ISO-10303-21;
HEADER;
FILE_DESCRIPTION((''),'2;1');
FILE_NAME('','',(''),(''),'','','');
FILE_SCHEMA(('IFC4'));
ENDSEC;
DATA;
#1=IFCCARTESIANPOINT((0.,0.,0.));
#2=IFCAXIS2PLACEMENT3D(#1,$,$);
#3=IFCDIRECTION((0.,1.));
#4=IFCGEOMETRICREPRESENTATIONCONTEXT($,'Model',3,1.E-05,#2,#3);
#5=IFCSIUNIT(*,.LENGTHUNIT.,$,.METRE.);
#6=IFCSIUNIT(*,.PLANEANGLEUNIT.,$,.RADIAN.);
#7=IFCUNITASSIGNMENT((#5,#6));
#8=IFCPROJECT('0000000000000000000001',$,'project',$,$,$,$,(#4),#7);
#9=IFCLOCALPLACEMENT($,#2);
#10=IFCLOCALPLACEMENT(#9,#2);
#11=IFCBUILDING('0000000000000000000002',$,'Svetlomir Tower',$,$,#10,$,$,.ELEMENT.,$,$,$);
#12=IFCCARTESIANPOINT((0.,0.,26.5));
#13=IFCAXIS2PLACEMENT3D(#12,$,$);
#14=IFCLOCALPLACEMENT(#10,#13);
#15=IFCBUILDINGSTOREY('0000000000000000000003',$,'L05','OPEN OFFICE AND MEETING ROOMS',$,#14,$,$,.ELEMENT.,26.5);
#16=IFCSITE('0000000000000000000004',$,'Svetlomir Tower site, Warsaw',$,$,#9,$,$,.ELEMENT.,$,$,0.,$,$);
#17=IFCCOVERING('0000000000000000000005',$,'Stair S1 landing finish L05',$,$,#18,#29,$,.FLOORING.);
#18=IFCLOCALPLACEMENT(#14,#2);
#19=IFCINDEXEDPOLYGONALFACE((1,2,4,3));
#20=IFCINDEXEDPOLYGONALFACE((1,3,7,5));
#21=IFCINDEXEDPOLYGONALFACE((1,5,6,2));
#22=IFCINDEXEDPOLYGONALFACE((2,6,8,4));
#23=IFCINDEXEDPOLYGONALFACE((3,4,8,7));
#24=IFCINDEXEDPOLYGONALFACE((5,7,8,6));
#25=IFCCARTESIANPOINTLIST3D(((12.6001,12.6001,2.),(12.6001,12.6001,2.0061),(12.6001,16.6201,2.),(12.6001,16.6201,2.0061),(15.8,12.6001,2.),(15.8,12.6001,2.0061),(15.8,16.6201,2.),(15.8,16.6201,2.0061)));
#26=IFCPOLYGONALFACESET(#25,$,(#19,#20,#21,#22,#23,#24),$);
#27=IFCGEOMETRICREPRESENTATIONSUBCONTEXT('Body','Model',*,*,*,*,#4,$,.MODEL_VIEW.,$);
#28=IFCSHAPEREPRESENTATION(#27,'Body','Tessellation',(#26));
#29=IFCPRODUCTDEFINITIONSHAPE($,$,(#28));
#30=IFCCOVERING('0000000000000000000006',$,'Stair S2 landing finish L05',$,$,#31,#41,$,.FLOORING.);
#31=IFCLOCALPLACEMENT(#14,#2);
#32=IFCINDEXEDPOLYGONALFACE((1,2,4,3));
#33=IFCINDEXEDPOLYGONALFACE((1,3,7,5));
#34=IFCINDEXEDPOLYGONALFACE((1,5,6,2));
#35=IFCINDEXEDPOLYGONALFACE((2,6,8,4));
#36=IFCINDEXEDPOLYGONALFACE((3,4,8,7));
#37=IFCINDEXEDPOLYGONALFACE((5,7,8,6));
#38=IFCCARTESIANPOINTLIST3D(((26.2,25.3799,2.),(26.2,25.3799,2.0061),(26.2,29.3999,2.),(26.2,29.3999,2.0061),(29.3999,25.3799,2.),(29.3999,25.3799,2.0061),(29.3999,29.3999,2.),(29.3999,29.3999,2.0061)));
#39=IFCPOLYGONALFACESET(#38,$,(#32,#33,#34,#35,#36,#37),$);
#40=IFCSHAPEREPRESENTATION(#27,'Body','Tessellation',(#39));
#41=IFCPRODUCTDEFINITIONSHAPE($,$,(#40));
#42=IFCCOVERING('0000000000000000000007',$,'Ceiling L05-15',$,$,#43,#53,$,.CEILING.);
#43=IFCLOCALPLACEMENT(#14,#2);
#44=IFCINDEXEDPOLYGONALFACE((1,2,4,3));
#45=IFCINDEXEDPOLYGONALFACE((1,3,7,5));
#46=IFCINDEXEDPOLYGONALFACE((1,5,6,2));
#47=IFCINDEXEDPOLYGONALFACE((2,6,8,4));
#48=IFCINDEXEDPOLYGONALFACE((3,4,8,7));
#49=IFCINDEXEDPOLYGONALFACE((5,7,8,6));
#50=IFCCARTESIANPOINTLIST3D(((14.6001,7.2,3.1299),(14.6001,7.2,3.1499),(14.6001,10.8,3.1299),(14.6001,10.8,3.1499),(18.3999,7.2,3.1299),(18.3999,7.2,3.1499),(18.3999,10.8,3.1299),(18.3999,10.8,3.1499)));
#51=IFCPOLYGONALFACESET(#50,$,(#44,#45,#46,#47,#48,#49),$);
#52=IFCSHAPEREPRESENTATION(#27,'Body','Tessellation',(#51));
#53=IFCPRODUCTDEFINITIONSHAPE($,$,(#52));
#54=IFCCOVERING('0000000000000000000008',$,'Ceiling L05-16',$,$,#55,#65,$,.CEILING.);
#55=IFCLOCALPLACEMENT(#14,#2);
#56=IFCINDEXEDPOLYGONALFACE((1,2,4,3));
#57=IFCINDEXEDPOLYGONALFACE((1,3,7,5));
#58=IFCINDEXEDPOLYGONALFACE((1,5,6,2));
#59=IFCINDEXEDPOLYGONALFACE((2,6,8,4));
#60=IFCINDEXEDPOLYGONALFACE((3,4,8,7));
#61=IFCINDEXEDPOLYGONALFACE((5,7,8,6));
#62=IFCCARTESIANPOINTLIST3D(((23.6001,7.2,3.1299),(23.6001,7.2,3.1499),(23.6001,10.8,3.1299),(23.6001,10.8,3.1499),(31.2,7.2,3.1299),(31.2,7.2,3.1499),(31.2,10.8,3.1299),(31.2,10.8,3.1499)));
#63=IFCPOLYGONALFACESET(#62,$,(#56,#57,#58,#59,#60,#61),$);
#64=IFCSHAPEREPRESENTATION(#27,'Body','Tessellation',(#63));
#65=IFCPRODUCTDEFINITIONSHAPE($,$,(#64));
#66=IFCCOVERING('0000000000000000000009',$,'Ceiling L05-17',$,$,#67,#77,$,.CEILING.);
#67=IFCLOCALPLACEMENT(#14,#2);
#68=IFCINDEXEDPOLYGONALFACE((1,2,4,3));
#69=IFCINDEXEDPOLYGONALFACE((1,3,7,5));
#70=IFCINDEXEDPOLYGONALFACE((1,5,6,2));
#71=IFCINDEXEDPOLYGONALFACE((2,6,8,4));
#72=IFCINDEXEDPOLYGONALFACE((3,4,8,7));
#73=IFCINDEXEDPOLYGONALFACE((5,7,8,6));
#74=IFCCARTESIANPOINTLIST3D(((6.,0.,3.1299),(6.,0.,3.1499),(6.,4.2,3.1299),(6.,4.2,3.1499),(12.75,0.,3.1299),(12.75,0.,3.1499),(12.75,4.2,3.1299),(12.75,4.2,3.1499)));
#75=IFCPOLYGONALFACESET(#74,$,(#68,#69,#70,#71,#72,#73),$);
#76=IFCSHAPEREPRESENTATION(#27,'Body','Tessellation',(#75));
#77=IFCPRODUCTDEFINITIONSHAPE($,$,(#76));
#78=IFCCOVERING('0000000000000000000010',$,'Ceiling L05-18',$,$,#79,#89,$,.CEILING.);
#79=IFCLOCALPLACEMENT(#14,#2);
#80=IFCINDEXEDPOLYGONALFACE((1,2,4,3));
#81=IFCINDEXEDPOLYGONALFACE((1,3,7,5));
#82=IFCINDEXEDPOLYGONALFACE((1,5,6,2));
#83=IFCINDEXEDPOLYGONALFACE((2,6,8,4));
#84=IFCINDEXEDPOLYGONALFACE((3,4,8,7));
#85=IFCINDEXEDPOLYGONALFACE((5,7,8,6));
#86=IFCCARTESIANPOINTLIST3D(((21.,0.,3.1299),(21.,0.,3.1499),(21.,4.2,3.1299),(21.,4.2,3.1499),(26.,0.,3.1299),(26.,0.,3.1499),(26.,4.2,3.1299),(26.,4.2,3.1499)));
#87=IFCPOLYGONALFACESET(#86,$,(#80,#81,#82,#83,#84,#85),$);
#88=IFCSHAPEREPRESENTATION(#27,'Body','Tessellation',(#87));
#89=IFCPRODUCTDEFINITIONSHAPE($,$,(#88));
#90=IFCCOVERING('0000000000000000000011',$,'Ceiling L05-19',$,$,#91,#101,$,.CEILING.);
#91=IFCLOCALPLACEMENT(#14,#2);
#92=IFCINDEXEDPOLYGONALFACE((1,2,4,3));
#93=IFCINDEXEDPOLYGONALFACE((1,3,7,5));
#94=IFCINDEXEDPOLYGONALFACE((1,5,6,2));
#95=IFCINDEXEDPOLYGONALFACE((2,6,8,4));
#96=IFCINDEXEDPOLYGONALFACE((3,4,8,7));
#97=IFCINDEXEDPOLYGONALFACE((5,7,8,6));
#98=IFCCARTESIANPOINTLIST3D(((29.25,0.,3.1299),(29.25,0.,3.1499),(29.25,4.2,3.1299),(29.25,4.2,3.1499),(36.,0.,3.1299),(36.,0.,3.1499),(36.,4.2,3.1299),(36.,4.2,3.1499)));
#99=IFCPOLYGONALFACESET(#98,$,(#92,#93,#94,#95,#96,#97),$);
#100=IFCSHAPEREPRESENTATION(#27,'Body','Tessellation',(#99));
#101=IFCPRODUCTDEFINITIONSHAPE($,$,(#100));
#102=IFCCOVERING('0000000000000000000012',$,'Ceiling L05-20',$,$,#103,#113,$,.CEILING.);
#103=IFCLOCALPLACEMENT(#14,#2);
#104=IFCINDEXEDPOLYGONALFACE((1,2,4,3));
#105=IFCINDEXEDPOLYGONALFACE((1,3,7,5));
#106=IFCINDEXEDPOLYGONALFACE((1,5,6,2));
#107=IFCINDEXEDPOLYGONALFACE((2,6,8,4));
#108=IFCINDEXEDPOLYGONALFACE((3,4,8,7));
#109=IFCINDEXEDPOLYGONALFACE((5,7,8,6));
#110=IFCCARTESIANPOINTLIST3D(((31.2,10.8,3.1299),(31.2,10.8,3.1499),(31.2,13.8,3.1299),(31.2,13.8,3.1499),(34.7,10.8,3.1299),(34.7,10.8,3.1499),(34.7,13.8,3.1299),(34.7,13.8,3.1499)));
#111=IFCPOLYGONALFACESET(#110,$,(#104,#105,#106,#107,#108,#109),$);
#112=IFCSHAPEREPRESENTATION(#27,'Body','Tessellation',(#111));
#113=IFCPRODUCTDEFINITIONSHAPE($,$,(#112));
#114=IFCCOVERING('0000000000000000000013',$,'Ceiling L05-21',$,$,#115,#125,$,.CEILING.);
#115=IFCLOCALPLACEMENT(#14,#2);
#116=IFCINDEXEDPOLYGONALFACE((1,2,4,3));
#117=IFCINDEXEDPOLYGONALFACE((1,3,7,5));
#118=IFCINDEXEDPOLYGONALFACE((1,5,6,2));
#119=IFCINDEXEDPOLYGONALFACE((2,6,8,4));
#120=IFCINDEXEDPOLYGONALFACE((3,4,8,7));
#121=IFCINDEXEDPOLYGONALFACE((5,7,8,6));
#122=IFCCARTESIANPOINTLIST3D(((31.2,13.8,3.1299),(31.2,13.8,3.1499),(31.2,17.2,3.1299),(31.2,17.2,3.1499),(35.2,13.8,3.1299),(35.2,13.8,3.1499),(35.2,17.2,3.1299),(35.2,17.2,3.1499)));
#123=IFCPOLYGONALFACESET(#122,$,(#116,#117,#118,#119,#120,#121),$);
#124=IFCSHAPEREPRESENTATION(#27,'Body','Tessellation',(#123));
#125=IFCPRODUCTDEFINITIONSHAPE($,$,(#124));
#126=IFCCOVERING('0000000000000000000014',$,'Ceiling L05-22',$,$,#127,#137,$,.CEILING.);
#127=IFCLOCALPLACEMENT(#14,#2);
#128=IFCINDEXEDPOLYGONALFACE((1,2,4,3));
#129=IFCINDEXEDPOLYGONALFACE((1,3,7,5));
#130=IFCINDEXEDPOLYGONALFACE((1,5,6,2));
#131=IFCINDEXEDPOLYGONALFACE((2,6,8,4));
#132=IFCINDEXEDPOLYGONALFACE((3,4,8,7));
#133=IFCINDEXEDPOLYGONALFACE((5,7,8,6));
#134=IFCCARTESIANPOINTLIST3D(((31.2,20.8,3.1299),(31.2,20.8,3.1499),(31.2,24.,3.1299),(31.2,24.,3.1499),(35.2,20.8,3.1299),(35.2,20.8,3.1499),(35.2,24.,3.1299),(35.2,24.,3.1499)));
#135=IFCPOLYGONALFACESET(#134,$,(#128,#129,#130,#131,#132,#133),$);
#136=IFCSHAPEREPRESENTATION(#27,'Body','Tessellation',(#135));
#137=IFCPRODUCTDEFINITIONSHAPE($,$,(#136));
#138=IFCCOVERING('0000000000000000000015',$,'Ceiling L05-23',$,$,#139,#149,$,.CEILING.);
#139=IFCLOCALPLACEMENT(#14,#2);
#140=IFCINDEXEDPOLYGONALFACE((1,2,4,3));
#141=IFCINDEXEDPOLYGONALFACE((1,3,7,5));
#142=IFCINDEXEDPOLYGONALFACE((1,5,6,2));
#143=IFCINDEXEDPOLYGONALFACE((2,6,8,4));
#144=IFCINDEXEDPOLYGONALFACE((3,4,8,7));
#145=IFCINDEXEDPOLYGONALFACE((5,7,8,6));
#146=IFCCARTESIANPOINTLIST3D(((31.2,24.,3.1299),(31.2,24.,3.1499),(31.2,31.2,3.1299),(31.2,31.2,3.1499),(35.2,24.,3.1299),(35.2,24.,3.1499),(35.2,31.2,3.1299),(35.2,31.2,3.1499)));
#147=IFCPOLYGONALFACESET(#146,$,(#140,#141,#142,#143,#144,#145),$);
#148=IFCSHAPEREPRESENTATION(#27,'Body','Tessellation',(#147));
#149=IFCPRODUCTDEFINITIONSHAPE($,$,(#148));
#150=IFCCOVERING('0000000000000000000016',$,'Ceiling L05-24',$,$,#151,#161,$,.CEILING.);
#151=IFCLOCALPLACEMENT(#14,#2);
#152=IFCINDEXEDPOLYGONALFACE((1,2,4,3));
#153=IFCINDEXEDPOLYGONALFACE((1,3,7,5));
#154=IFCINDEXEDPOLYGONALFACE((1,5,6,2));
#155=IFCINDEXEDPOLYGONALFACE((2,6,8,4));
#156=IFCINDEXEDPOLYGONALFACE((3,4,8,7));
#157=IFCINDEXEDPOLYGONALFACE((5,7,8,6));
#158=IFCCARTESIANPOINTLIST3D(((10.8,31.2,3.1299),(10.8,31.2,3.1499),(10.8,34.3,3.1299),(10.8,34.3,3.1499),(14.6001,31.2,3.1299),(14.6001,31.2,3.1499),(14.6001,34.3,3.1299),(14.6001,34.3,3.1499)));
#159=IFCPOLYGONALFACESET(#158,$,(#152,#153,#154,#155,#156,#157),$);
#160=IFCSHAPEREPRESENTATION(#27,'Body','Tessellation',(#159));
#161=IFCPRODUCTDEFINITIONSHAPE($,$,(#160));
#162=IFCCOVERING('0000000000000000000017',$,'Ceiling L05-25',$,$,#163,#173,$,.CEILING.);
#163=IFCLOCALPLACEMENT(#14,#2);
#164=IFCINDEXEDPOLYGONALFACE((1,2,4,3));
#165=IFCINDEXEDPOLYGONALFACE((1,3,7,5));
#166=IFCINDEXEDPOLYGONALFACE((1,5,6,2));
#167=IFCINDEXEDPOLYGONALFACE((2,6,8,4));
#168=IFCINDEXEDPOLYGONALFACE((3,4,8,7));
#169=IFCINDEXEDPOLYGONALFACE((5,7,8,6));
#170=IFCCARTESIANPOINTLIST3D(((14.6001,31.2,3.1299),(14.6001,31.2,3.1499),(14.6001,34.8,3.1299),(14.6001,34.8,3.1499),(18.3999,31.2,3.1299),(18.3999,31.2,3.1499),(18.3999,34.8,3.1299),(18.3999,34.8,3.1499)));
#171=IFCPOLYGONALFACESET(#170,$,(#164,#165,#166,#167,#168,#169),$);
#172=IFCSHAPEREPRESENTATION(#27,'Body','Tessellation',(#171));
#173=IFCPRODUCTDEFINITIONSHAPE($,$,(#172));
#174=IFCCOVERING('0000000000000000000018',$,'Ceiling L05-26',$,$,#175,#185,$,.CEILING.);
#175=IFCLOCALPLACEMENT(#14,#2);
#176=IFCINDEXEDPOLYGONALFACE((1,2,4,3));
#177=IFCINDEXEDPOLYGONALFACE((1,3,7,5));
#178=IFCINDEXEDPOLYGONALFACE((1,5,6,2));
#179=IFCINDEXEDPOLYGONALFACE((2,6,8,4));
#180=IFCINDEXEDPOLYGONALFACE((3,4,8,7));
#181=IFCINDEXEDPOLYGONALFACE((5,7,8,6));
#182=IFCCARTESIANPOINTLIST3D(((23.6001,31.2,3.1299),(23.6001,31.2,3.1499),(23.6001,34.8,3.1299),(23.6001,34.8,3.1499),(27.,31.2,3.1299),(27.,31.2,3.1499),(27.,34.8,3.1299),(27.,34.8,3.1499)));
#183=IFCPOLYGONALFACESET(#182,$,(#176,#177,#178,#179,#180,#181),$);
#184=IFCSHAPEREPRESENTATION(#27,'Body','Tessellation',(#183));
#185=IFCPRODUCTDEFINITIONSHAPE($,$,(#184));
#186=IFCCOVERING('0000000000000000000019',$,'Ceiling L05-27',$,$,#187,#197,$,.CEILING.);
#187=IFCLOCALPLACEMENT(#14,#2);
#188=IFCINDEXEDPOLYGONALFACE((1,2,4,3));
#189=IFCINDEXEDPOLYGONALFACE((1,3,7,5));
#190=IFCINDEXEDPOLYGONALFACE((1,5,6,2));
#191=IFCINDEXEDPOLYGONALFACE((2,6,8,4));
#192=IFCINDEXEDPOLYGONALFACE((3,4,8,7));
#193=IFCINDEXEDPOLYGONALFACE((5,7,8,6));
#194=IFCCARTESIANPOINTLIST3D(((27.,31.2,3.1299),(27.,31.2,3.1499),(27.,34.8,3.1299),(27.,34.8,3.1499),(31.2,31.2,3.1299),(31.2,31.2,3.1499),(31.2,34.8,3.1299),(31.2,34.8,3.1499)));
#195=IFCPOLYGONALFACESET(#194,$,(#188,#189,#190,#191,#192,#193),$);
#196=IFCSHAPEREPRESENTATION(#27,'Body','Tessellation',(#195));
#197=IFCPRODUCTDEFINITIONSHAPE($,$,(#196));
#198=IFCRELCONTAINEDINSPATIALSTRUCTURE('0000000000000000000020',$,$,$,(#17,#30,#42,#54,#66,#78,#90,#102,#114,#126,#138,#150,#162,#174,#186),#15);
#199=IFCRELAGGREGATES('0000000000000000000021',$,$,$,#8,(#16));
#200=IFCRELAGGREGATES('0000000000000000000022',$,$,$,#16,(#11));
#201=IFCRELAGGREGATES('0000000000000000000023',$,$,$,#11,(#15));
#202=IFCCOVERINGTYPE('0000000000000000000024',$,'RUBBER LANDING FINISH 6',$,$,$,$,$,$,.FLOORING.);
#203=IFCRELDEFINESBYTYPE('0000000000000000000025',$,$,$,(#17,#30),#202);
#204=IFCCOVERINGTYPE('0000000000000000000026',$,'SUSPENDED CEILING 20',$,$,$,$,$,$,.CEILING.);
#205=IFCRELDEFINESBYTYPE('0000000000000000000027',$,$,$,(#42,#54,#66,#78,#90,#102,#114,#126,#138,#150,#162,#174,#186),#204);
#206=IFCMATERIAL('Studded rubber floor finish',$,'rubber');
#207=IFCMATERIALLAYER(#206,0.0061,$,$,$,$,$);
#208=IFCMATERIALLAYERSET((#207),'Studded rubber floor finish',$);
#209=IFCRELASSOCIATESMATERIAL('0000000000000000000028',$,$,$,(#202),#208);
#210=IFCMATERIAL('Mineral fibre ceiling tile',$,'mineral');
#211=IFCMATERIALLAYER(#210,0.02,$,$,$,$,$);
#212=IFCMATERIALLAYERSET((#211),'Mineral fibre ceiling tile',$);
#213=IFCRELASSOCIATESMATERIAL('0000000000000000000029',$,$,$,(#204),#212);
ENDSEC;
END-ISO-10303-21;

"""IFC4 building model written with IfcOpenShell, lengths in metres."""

from ifc_helpers import new_model, si_unit, direction, frame, origin, place, context, subcontext, project, spatial, polyline, outline, extrude, material, layer, layer_set, type_object, element, save


model = new_model("IFC4")

# Units and contexts
model_context = context("Model", 3, precision=1e-05, world=origin(), true_north=direction((0.0, 1.0)))
body_context = subcontext(model_context, "Body", "Model", "MODEL_VIEW")
ifc_project = project(units=[si_unit("LENGTHUNIT", "METRE"), si_unit("PLANEANGLEUNIT", "RADIAN")], contexts=[model_context])

# Site, building, storey
site_placement = place(None, origin())
site = spatial("IfcSite", under=ifc_project, at=site_placement, Name="Svetlomir Tower site, Warsaw", CompositionType="ELEMENT", RefElevation=0.0)
building_placement = place(site_placement, origin())
building = spatial("IfcBuilding", under=site, at=building_placement, Name="Svetlomir Tower", CompositionType="ELEMENT")
storey_placement = place(building_placement, frame((0.0, 0.0, 26.5)))
storey = spatial("IfcBuildingStorey", under=building, at=storey_placement, Name="L05", Description="OPEN OFFICE AND MEETING ROOMS", CompositionType="ELEMENT", Elevation=26.5)

# Coverings
ifc_material_1 = material(Name="Studded rubber floor finish", Category="rubber")
ifc_layer_1 = layer(ifc_material_1, 0.0061)
ifc_layer_set_1 = layer_set([ifc_layer_1], Name="Studded rubber floor finish")
covering_type_1 = type_object("IfcCoveringType", Name="RUBBER LANDING FINISH 6", PredefinedType="FLOORING", material=ifc_layer_set_1)
covering_1_placement = place(storey_placement, frame((0.0, 0.0, 2.0)))
element("IfcCovering", 1, at=covering_1_placement, inside=storey, type_object=covering_type_1, Name="Stair S1 landing finish L05", PredefinedType="FLOORING", context=body_context, shape_type="SweptSolid", body=[
    extrude(outline(polyline([(12.6001, 12.6001), (15.8, 12.6001), (15.8, 16.6201), (12.6001, 16.6201), (12.6001, 12.6001)])), origin(), (0.0, 0.0, 1.0), 0.0061),
])
covering_2_placement = place(storey_placement, frame((0.0, 0.0, 2.0)))
element("IfcCovering", 2, at=covering_2_placement, inside=storey, type_object=covering_type_1, Name="Stair S2 landing finish L05", PredefinedType="FLOORING", context=body_context, shape_type="SweptSolid", body=[
    extrude(outline(polyline([(26.2, 25.3799), (29.3999, 25.3799), (29.3999, 29.3999), (26.2, 29.3999), (26.2, 25.3799)])), origin(), (0.0, 0.0, 1.0), 0.0061),
])
ifc_material_2 = material(Name="Mineral fibre ceiling tile", Category="mineral")
ifc_layer_2 = layer(ifc_material_2, 0.02)
ifc_layer_set_2 = layer_set([ifc_layer_2], Name="Mineral fibre ceiling tile")
covering_type_2 = type_object("IfcCoveringType", Name="SUSPENDED CEILING 20", PredefinedType="CEILING", material=ifc_layer_set_2)
covering_3_placement = place(storey_placement, frame((0.0, 0.0, 3.1299)))
element("IfcCovering", 3, at=covering_3_placement, inside=storey, type_object=covering_type_2, Name="Ceiling L05-15", PredefinedType="CEILING", context=body_context, shape_type="SweptSolid", body=[
    extrude(outline(polyline([(14.6001, 7.2), (18.3999, 7.2), (18.3999, 10.8), (14.6001, 10.8), (14.6001, 7.2)])), origin(), (0.0, 0.0, 1.0), 0.02),
])
covering_4_placement = place(storey_placement, frame((0.0, 0.0, 3.1299)))
element("IfcCovering", 4, at=covering_4_placement, inside=storey, type_object=covering_type_2, Name="Ceiling L05-16", PredefinedType="CEILING", context=body_context, shape_type="SweptSolid", body=[
    extrude(outline(polyline([(23.6001, 7.2), (31.2, 7.2), (31.2, 10.8), (23.6001, 10.8), (23.6001, 7.2)])), origin(), (0.0, 0.0, 1.0), 0.02),
])
covering_5_placement = place(storey_placement, frame((0.0, 0.0, 3.1299)))
element("IfcCovering", 5, at=covering_5_placement, inside=storey, type_object=covering_type_2, Name="Ceiling L05-17", PredefinedType="CEILING", context=body_context, shape_type="SweptSolid", body=[
    extrude(outline(polyline([(6.0, 0.0), (12.75, 0.0), (12.75, 4.2), (6.0, 4.2), (6.0, 0.0)])), origin(), (0.0, 0.0, 1.0), 0.02),
])
covering_6_placement = place(storey_placement, frame((0.0, 0.0, 3.1299)))
element("IfcCovering", 6, at=covering_6_placement, inside=storey, type_object=covering_type_2, Name="Ceiling L05-18", PredefinedType="CEILING", context=body_context, shape_type="SweptSolid", body=[
    extrude(outline(polyline([(21.0, 0.0), (26.0, 0.0), (26.0, 4.2), (21.0, 4.2), (21.0, 0.0)])), origin(), (0.0, 0.0, 1.0), 0.02),
])
covering_7_placement = place(storey_placement, frame((0.0, 0.0, 3.1299)))
element("IfcCovering", 7, at=covering_7_placement, inside=storey, type_object=covering_type_2, Name="Ceiling L05-19", PredefinedType="CEILING", context=body_context, shape_type="SweptSolid", body=[
    extrude(outline(polyline([(29.25, 0.0), (36.0, 0.0), (36.0, 4.2), (29.25, 4.2), (29.25, 0.0)])), origin(), (0.0, 0.0, 1.0), 0.02),
])
covering_8_placement = place(storey_placement, frame((0.0, 0.0, 3.1299)))
element("IfcCovering", 8, at=covering_8_placement, inside=storey, type_object=covering_type_2, Name="Ceiling L05-20", PredefinedType="CEILING", context=body_context, shape_type="SweptSolid", body=[
    extrude(outline(polyline([(31.2, 10.8), (34.7, 10.8), (34.7, 13.8), (31.2, 13.8), (31.2, 10.8)])), origin(), (0.0, 0.0, 1.0), 0.02),
])
covering_9_placement = place(storey_placement, frame((0.0, 0.0, 3.1299)))
element("IfcCovering", 9, at=covering_9_placement, inside=storey, type_object=covering_type_2, Name="Ceiling L05-21", PredefinedType="CEILING", context=body_context, shape_type="SweptSolid", body=[
    extrude(outline(polyline([(31.2, 13.8), (35.2, 13.8), (35.2, 17.2), (31.2, 17.2), (31.2, 13.8)])), origin(), (0.0, 0.0, 1.0), 0.02),
])
covering_10_placement = place(storey_placement, frame((0.0, 0.0, 3.1299)))
element("IfcCovering", 10, at=covering_10_placement, inside=storey, type_object=covering_type_2, Name="Ceiling L05-22", PredefinedType="CEILING", context=body_context, shape_type="SweptSolid", body=[
    extrude(outline(polyline([(31.2, 20.8), (35.2, 20.8), (35.2, 24.0), (31.2, 24.0), (31.2, 20.8)])), origin(), (0.0, 0.0, 1.0), 0.02),
])
covering_11_placement = place(storey_placement, frame((0.0, 0.0, 3.1299)))
element("IfcCovering", 11, at=covering_11_placement, inside=storey, type_object=covering_type_2, Name="Ceiling L05-23", PredefinedType="CEILING", context=body_context, shape_type="SweptSolid", body=[
    extrude(outline(polyline([(31.2, 24.0), (35.2, 24.0), (35.2, 31.2), (31.2, 31.2), (31.2, 24.0)])), origin(), (0.0, 0.0, 1.0), 0.02),
])
covering_12_placement = place(storey_placement, frame((0.0, 0.0, 3.1299)))
element("IfcCovering", 12, at=covering_12_placement, inside=storey, type_object=covering_type_2, Name="Ceiling L05-24", PredefinedType="CEILING", context=body_context, shape_type="SweptSolid", body=[
    extrude(outline(polyline([(10.8, 31.2), (14.6001, 31.2), (14.6001, 34.3), (10.8, 34.3), (10.8, 31.2)])), origin(), (0.0, 0.0, 1.0), 0.02),
])
covering_13_placement = place(storey_placement, frame((0.0, 0.0, 3.1299)))
element("IfcCovering", 13, at=covering_13_placement, inside=storey, type_object=covering_type_2, Name="Ceiling L05-25", PredefinedType="CEILING", context=body_context, shape_type="SweptSolid", body=[
    extrude(outline(polyline([(14.6001, 31.2), (18.3999, 31.2), (18.3999, 34.8), (14.6001, 34.8), (14.6001, 31.2)])), origin(), (0.0, 0.0, 1.0), 0.02),
])
covering_14_placement = place(storey_placement, frame((0.0, 0.0, 3.1299)))
element("IfcCovering", 14, at=covering_14_placement, inside=storey, type_object=covering_type_2, Name="Ceiling L05-26", PredefinedType="CEILING", context=body_context, shape_type="SweptSolid", body=[
    extrude(outline(polyline([(23.6001, 31.2), (27.0, 31.2), (27.0, 34.8), (23.6001, 34.8), (23.6001, 31.2)])), origin(), (0.0, 0.0, 1.0), 0.02),
])
covering_15_placement = place(storey_placement, frame((0.0, 0.0, 3.1299)))
element("IfcCovering", 15, at=covering_15_placement, inside=storey, type_object=covering_type_2, Name="Ceiling L05-27", PredefinedType="CEILING", context=body_context, shape_type="SweptSolid", body=[
    extrude(outline(polyline([(27.0, 31.2), (31.2, 31.2), (31.2, 34.8), (27.0, 34.8), (27.0, 31.2)])), origin(), (0.0, 0.0, 1.0), 0.02),
])

save(model, "model.ifc")
